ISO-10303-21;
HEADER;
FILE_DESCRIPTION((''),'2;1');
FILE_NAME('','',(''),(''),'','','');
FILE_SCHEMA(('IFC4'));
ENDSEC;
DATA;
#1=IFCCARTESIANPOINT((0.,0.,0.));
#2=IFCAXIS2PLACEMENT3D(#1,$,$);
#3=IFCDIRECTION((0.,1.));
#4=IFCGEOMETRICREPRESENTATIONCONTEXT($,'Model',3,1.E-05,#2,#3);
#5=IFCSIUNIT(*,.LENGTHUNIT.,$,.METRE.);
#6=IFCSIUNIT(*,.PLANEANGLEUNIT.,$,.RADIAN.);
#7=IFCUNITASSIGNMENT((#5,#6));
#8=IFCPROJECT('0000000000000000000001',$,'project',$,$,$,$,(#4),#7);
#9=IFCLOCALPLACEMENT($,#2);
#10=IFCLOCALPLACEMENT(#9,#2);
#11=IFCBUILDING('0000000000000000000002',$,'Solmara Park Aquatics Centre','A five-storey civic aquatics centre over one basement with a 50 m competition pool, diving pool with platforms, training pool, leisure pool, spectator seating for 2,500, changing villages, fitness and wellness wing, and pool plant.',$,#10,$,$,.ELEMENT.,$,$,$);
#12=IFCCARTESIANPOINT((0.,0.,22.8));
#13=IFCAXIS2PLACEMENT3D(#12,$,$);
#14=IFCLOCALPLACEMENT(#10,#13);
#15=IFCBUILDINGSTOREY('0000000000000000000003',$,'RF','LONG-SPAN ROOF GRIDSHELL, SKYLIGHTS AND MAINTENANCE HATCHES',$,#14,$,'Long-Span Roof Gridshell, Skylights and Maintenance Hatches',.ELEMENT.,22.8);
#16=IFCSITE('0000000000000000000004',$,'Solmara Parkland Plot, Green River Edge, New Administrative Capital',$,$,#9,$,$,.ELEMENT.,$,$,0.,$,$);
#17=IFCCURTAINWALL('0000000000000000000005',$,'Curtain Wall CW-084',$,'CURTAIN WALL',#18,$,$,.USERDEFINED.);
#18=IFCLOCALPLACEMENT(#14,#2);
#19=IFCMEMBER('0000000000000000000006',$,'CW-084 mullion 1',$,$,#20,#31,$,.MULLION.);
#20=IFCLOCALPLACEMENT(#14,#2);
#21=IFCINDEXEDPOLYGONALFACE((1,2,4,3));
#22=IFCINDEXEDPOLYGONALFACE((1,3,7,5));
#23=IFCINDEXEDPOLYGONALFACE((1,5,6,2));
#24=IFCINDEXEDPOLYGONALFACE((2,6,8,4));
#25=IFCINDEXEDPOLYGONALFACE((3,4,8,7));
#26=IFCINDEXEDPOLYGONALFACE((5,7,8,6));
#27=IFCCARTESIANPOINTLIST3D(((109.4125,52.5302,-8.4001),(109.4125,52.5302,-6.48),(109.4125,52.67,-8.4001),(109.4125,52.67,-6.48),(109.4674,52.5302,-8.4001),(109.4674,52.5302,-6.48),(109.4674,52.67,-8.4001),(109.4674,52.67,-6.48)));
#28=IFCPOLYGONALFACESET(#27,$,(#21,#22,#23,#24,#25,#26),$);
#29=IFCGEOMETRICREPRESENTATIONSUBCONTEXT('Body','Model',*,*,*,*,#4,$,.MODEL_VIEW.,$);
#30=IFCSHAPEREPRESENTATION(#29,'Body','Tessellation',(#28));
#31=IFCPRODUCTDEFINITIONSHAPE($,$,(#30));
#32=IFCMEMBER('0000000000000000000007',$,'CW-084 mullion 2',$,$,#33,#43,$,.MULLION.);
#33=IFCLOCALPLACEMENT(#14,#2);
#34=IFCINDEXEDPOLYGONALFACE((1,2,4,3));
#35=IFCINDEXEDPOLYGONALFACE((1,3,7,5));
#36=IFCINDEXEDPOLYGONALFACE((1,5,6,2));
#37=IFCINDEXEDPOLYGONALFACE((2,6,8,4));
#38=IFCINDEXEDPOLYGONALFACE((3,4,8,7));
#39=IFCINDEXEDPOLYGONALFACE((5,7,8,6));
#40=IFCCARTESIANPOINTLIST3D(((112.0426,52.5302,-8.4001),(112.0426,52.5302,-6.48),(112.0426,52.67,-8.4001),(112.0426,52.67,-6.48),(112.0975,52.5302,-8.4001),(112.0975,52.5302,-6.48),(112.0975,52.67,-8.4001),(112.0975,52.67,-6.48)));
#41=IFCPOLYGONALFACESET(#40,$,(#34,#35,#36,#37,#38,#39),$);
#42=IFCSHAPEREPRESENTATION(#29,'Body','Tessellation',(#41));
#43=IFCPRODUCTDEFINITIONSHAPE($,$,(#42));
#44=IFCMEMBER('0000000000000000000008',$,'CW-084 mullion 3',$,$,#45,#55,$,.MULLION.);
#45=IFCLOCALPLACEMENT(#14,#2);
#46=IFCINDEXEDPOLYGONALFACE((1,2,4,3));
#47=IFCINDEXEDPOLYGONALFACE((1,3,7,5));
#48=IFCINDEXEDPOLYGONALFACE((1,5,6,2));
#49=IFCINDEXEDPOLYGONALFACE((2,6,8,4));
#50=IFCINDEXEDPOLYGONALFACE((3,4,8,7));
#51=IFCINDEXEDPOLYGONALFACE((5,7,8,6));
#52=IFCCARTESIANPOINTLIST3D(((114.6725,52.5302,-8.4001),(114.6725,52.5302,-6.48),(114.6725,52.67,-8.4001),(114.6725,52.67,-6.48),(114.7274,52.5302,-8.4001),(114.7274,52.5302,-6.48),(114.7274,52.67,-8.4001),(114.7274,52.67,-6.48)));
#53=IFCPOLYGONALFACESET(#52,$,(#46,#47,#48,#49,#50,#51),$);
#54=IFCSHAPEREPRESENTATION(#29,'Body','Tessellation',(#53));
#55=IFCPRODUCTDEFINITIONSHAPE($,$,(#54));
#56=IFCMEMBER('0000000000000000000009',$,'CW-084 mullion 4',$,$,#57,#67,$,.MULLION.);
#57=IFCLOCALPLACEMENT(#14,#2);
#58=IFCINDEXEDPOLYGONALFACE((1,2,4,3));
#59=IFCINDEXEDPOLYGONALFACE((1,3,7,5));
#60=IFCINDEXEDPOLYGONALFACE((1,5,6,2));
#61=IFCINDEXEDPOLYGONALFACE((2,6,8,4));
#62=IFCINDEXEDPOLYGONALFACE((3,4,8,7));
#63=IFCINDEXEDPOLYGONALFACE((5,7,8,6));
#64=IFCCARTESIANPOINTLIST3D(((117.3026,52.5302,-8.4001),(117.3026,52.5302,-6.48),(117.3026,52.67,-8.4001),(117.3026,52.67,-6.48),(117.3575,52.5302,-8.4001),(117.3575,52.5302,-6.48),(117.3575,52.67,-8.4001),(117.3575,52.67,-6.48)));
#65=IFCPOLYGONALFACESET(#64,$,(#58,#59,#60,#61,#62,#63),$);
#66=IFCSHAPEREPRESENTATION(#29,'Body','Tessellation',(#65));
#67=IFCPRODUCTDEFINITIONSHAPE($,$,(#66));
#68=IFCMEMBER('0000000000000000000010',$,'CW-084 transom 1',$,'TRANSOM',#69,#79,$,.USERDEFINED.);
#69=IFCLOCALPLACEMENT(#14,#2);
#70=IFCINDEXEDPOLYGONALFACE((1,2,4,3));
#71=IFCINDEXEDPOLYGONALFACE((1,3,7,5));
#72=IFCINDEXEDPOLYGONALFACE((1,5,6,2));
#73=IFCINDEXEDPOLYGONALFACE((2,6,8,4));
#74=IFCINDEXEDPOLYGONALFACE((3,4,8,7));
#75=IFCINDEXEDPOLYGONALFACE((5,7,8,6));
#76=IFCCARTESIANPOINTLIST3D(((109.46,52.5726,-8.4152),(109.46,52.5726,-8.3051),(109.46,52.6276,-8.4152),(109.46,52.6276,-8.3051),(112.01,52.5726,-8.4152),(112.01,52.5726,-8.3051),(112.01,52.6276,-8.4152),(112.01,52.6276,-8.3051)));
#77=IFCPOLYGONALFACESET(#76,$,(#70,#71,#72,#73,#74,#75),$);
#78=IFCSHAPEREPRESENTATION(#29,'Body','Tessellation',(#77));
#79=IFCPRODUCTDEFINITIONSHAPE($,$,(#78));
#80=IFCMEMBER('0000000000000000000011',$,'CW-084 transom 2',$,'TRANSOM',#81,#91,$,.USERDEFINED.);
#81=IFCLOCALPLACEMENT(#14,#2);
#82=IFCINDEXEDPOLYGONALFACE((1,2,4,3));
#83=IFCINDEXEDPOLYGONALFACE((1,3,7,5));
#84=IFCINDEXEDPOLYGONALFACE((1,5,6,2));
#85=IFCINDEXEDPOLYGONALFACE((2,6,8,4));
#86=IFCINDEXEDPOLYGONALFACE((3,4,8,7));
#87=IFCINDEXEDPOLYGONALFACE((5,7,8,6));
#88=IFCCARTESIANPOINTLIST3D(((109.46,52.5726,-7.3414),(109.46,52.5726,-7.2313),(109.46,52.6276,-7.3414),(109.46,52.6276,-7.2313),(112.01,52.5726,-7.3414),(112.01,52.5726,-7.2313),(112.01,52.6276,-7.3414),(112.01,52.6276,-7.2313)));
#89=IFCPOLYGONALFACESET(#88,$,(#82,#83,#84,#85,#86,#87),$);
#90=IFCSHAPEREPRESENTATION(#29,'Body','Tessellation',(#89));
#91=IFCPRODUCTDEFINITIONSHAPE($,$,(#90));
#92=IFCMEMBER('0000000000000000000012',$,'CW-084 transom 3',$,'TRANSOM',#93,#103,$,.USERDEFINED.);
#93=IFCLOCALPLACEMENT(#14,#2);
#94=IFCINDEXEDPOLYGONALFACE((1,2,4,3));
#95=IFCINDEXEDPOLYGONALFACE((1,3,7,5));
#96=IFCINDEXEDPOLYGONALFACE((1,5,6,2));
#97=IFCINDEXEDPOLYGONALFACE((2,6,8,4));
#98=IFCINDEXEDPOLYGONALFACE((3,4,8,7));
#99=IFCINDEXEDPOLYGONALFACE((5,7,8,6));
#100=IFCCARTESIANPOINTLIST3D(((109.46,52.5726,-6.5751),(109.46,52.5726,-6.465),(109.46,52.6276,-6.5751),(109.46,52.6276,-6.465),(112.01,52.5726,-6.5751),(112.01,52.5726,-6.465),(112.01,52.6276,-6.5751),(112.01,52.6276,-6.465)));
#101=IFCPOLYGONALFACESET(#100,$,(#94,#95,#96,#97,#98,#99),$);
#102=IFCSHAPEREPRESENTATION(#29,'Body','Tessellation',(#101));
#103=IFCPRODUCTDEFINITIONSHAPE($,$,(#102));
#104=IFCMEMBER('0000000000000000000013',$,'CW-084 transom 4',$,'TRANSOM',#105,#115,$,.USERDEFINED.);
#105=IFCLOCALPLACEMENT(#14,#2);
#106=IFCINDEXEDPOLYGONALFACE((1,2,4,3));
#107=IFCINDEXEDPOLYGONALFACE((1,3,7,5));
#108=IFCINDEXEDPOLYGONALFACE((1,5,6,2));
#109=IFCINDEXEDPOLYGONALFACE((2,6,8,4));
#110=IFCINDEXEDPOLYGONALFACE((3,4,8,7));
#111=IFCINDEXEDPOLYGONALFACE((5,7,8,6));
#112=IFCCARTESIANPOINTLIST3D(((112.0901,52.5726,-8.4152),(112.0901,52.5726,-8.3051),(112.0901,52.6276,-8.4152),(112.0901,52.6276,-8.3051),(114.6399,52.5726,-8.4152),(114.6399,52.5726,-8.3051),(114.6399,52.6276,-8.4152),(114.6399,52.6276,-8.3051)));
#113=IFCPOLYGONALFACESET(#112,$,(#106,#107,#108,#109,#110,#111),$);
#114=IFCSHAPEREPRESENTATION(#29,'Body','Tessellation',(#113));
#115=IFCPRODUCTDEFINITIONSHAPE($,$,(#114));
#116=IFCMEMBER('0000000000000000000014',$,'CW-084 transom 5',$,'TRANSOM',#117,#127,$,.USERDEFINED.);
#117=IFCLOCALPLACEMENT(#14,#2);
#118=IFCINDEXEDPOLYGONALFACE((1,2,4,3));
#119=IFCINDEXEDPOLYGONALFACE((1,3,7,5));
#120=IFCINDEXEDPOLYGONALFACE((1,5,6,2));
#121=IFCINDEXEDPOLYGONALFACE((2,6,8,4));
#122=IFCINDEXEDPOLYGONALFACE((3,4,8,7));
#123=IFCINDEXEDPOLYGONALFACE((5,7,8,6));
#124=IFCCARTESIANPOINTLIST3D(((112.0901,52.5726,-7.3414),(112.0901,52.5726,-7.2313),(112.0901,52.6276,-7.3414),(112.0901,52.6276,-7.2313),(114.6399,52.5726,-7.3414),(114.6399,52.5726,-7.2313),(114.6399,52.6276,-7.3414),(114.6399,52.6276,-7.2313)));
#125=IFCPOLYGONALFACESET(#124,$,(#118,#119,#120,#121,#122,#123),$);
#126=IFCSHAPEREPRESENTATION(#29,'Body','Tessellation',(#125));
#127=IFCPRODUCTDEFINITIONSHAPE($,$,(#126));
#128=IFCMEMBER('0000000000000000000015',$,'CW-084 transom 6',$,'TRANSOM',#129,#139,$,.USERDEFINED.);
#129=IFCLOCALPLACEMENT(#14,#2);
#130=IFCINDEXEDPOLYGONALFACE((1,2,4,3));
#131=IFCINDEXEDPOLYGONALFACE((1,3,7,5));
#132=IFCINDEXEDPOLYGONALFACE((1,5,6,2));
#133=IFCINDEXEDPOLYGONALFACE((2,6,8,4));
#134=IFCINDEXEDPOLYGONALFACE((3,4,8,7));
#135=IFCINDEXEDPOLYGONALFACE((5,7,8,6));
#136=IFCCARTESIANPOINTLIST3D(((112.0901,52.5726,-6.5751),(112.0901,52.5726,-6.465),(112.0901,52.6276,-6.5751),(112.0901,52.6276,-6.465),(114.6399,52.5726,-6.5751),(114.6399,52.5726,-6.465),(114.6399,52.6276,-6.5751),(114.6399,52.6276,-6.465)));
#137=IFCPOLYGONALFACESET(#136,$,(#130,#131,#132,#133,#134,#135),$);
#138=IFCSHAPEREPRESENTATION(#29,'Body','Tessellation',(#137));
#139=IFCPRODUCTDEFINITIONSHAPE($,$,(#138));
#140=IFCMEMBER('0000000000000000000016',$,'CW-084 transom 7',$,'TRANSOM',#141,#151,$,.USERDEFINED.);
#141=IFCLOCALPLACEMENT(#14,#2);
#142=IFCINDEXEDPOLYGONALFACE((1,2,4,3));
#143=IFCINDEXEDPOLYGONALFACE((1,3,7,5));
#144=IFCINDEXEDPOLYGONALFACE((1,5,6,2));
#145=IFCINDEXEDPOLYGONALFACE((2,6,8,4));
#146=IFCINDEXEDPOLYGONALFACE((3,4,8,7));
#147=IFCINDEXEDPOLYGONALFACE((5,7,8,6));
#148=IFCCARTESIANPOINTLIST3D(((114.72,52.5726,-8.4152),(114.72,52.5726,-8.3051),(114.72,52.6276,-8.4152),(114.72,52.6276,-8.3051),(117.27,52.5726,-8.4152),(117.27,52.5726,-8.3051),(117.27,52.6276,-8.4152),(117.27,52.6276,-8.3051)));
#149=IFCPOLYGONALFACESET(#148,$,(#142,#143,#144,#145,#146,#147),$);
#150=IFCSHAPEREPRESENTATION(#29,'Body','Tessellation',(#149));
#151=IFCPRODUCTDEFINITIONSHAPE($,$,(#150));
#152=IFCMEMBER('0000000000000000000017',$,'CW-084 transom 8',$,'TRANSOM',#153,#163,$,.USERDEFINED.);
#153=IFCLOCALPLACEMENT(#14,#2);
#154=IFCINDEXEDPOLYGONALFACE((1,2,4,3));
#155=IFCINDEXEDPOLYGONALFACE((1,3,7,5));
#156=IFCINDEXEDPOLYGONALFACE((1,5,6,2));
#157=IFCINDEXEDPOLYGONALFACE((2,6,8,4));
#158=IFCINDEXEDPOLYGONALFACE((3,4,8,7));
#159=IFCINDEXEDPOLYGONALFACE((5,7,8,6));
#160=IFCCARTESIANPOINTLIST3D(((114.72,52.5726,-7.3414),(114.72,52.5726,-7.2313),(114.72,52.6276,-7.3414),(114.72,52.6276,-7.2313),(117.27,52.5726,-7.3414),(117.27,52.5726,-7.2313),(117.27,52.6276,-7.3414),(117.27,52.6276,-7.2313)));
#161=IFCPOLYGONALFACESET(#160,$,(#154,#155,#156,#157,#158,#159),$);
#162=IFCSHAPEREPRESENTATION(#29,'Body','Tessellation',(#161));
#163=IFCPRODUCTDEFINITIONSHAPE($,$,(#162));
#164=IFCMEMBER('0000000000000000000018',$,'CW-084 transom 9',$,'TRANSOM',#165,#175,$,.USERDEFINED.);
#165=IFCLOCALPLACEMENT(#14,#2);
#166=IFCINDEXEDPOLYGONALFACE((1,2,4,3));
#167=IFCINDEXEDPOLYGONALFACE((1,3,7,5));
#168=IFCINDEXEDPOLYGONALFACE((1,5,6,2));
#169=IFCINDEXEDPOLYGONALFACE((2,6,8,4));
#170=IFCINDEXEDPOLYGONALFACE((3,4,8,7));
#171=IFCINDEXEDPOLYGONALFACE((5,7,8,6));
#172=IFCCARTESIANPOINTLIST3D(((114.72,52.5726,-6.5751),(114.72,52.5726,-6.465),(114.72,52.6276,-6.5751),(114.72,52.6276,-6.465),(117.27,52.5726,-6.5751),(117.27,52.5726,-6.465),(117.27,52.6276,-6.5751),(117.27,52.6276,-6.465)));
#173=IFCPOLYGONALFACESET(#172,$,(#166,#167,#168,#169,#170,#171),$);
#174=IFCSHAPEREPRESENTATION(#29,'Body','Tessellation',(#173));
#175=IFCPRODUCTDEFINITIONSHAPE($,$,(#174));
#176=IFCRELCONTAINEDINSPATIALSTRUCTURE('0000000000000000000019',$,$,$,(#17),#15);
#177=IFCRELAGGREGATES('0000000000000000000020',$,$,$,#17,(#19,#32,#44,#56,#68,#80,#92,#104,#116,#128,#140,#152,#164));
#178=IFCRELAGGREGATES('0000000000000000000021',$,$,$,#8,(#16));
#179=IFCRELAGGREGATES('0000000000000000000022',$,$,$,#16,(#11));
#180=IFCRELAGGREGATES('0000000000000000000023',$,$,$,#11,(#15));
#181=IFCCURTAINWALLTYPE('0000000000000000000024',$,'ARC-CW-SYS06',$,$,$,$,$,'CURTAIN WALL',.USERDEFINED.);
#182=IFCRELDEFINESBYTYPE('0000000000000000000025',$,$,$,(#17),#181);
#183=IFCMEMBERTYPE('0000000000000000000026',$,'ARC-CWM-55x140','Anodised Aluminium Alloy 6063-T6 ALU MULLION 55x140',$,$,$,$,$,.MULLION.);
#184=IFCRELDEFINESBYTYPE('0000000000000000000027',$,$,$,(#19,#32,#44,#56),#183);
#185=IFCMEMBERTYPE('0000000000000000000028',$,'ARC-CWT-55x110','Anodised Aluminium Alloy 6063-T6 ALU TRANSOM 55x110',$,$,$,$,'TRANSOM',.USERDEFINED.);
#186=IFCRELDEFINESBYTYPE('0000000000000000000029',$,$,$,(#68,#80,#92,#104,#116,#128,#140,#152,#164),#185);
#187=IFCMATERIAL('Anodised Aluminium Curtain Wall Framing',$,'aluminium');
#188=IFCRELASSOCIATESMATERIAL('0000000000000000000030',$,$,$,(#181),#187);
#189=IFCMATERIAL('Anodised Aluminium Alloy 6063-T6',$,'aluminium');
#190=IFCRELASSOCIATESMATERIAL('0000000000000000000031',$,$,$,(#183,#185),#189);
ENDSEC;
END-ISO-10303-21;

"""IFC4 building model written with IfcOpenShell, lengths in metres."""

from ifc_helpers import new_model, si_unit, direction, frame, origin, origin_2d, place, context, subcontext, project, spatial, rectangle, extrude, material, material_profile, profile_set, type_object, element, aggregate, save


model = new_model("IFC4")

# Units and contexts
model_context = context("Model", 3, precision=1e-05, world=origin(), true_north=direction((0.0, 1.0)))
body_context = subcontext(model_context, "Body", "Model", "MODEL_VIEW")
ifc_project = project(units=[si_unit("LENGTHUNIT", "METRE"), si_unit("PLANEANGLEUNIT", "RADIAN")], contexts=[model_context])

# Site, building, storey
site_placement = place(None, origin())
site = spatial("IfcSite", under=ifc_project, at=site_placement, Name="Solmara Parkland Plot, Green River Edge, New Administrative Capital", CompositionType="ELEMENT", RefElevation=0.0)
building_placement = place(site_placement, origin())
building = spatial("IfcBuilding", under=site, at=building_placement, Name="Solmara Park Aquatics Centre", Description="A five-storey civic aquatics centre over one basement with a 50 m competition pool, diving pool with platforms, training pool, leisure pool, spectator seating for 2,500, changing villages, fitness and wellness wing, and pool plant.", CompositionType="ELEMENT")
storey_placement = place(building_placement, frame((0.0, 0.0, 22.8)))
storey = spatial("IfcBuildingStorey", under=building, at=storey_placement, Name="RF", Description="LONG-SPAN ROOF GRIDSHELL, SKYLIGHTS AND MAINTENANCE HATCHES", LongName="Long-Span Roof Gridshell, Skylights and Maintenance Hatches", CompositionType="ELEMENT", Elevation=22.8)

# Curtain wall, members
ifc_material_1 = material(Name="Anodised Aluminium Curtain Wall Framing", Category="aluminium")
curtain_wall_type = type_object("IfcCurtainWallType", Name="ARC-CW-SYS06", ElementType="CURTAIN WALL", PredefinedType="USERDEFINED", material=ifc_material_1)
curtain_wall_placement = place(storey_placement, origin())
curtain_wall = element("IfcCurtainWall", 1, at=curtain_wall_placement, inside=storey, type_object=curtain_wall_type, Name="Curtain Wall CW-084", ObjectType="CURTAIN WALL", PredefinedType="USERDEFINED")
ifc_material_2 = material(Name="Anodised Aluminium Alloy 6063-T6", Category="aluminium")
ifc_material_profile_1 = material_profile(ifc_material_2, rectangle(XDim=0.0549, YDim=0.1399, at=origin_2d()), Name="ALU MULLION 55x140")
ifc_profile_set_1 = profile_set([ifc_material_profile_1], Name="Anodised Aluminium Alloy 6063-T6")
member_type_1 = type_object("IfcMemberType", Name="ARC-CWM-55x140", Description="Anodised Aluminium Alloy 6063-T6 ALU MULLION 55x140", PredefinedType="MULLION", material=ifc_profile_set_1)
member_1_placement = place(storey_placement, frame((109.4399, 52.6001, -8.4001), z_axis=(0.0, 0.0, 1.0), x_axis=(1.0, 0.0, 0.0)))
member_1 = element("IfcMember", 2, at=member_1_placement, type_object=member_type_1, Name="CW-084 mullion 1", PredefinedType="MULLION", context=body_context, shape_type="SweptSolid", body=[
    extrude(rectangle(XDim=0.0549, YDim=0.1399, at=origin_2d()), origin(), (0.0, 0.0, 1.0), 1.9202),
])
member_2_placement = place(storey_placement, frame((112.0701, 52.6001, -8.4001), z_axis=(0.0, 0.0, 1.0), x_axis=(1.0, 0.0, 0.0)))
member_2 = element("IfcMember", 3, at=member_2_placement, type_object=member_type_1, Name="CW-084 mullion 2", PredefinedType="MULLION", context=body_context, shape_type="SweptSolid", body=[
    extrude(rectangle(XDim=0.0549, YDim=0.1399, at=origin_2d()), origin(), (0.0, 0.0, 1.0), 1.9202),
])
member_3_placement = place(storey_placement, frame((114.7, 52.6001, -8.4001), z_axis=(0.0, 0.0, 1.0), x_axis=(1.0, 0.0, 0.0)))
member_3 = element("IfcMember", 4, at=member_3_placement, type_object=member_type_1, Name="CW-084 mullion 3", PredefinedType="MULLION", context=body_context, shape_type="SweptSolid", body=[
    extrude(rectangle(XDim=0.0549, YDim=0.1399, at=origin_2d()), origin(), (0.0, 0.0, 1.0), 1.9202),
])
member_4_placement = place(storey_placement, frame((117.3301, 52.6001, -8.4001), z_axis=(0.0, 0.0, 1.0), x_axis=(1.0, 0.0, 0.0)))
member_4 = element("IfcMember", 5, at=member_4_placement, type_object=member_type_1, Name="CW-084 mullion 4", PredefinedType="MULLION", context=body_context, shape_type="SweptSolid", body=[
    extrude(rectangle(XDim=0.0549, YDim=0.1399, at=origin_2d()), origin(), (0.0, 0.0, 1.0), 1.9202),
])
ifc_material_profile_2 = material_profile(ifc_material_2, rectangle(XDim=0.0549, YDim=0.1101, at=origin_2d()), Name="ALU TRANSOM 55x110")
ifc_profile_set_2 = profile_set([ifc_material_profile_2], Name="Anodised Aluminium Alloy 6063-T6")
member_type_2 = type_object("IfcMemberType", Name="ARC-CWT-55x110", Description="Anodised Aluminium Alloy 6063-T6 ALU TRANSOM 55x110", ElementType="TRANSOM", PredefinedType="USERDEFINED", material=ifc_profile_set_2)
member_5_placement = place(storey_placement, frame((109.46, 52.6001, -8.3601), z_axis=(1.0, 0.0, 0.0), x_axis=(0.0, 1.0, 0.0)))
member_5 = element("IfcMember", 6, at=member_5_placement, type_object=member_type_2, Name="CW-084 transom 1", ObjectType="TRANSOM", PredefinedType="USERDEFINED", context=body_context, shape_type="SweptSolid", body=[
    extrude(rectangle(XDim=0.0549, YDim=0.1101, at=origin_2d()), origin(), (0.0, 0.0, 1.0), 2.55),
])
member_6_placement = place(storey_placement, frame((109.46, 52.6001, -7.2864), z_axis=(1.0, 0.0, 0.0), x_axis=(0.0, 1.0, 0.0)))
member_6 = element("IfcMember", 7, at=member_6_placement, type_object=member_type_2, Name="CW-084 transom 2", ObjectType="TRANSOM", PredefinedType="USERDEFINED", context=body_context, shape_type="SweptSolid", body=[
    extrude(rectangle(XDim=0.0549, YDim=0.1101, at=origin_2d()), origin(), (0.0, 0.0, 1.0), 2.55),
])
member_7_placement = place(storey_placement, frame((109.46, 52.6001, -6.52), z_axis=(1.0, 0.0, 0.0), x_axis=(0.0, 1.0, 0.0)))
member_7 = element("IfcMember", 8, at=member_7_placement, type_object=member_type_2, Name="CW-084 transom 3", ObjectType="TRANSOM", PredefinedType="USERDEFINED", context=body_context, shape_type="SweptSolid", body=[
    extrude(rectangle(XDim=0.0549, YDim=0.1101, at=origin_2d()), origin(), (0.0, 0.0, 1.0), 2.55),
])
member_8_placement = place(storey_placement, frame((112.0901, 52.6001, -8.3601), z_axis=(1.0, 0.0, 0.0), x_axis=(0.0, 1.0, 0.0)))
member_8 = element("IfcMember", 9, at=member_8_placement, type_object=member_type_2, Name="CW-084 transom 4", ObjectType="TRANSOM", PredefinedType="USERDEFINED", context=body_context, shape_type="SweptSolid", body=[
    extrude(rectangle(XDim=0.0549, YDim=0.1101, at=origin_2d()), origin(), (0.0, 0.0, 1.0), 2.5498),
])
member_9_placement = place(storey_placement, frame((112.0901, 52.6001, -7.2864), z_axis=(1.0, 0.0, 0.0), x_axis=(0.0, 1.0, 0.0)))
member_9 = element("IfcMember", 10, at=member_9_placement, type_object=member_type_2, Name="CW-084 transom 5", ObjectType="TRANSOM", PredefinedType="USERDEFINED", context=body_context, shape_type="SweptSolid", body=[
    extrude(rectangle(XDim=0.0549, YDim=0.1101, at=origin_2d()), origin(), (0.0, 0.0, 1.0), 2.5498),
])
member_10_placement = place(storey_placement, frame((112.0901, 52.6001, -6.52), z_axis=(1.0, 0.0, 0.0), x_axis=(0.0, 1.0, 0.0)))
member_10 = element("IfcMember", 11, at=member_10_placement, type_object=member_type_2, Name="CW-084 transom 6", ObjectType="TRANSOM", PredefinedType="USERDEFINED", context=body_context, shape_type="SweptSolid", body=[
    extrude(rectangle(XDim=0.0549, YDim=0.1101, at=origin_2d()), origin(), (0.0, 0.0, 1.0), 2.5498),
])
member_11_placement = place(storey_placement, frame((114.72, 52.6001, -8.3601), z_axis=(1.0, 0.0, 0.0), x_axis=(0.0, 1.0, 0.0)))
member_11 = element("IfcMember", 12, at=member_11_placement, type_object=member_type_2, Name="CW-084 transom 7", ObjectType="TRANSOM", PredefinedType="USERDEFINED", context=body_context, shape_type="SweptSolid", body=[
    extrude(rectangle(XDim=0.0549, YDim=0.1101, at=origin_2d()), origin(), (0.0, 0.0, 1.0), 2.55),
])
member_12_placement = place(storey_placement, frame((114.72, 52.6001, -7.2864), z_axis=(1.0, 0.0, 0.0), x_axis=(0.0, 1.0, 0.0)))
member_12 = element("IfcMember", 13, at=member_12_placement, type_object=member_type_2, Name="CW-084 transom 8", ObjectType="TRANSOM", PredefinedType="USERDEFINED", context=body_context, shape_type="SweptSolid", body=[
    extrude(rectangle(XDim=0.0549, YDim=0.1101, at=origin_2d()), origin(), (0.0, 0.0, 1.0), 2.55),
])
member_13_placement = place(storey_placement, frame((114.72, 52.6001, -6.52), z_axis=(1.0, 0.0, 0.0), x_axis=(0.0, 1.0, 0.0)))
member_13 = element("IfcMember", 14, at=member_13_placement, type_object=member_type_2, Name="CW-084 transom 9", ObjectType="TRANSOM", PredefinedType="USERDEFINED", context=body_context, shape_type="SweptSolid", body=[
    extrude(rectangle(XDim=0.0549, YDim=0.1101, at=origin_2d()), origin(), (0.0, 0.0, 1.0), 2.55),
])

aggregate(curtain_wall, [member_1, member_2, member_3, member_4, member_5, member_6, member_7, member_8, member_9, member_10, member_11, member_12, member_13])

save(model, "model.ifc")
